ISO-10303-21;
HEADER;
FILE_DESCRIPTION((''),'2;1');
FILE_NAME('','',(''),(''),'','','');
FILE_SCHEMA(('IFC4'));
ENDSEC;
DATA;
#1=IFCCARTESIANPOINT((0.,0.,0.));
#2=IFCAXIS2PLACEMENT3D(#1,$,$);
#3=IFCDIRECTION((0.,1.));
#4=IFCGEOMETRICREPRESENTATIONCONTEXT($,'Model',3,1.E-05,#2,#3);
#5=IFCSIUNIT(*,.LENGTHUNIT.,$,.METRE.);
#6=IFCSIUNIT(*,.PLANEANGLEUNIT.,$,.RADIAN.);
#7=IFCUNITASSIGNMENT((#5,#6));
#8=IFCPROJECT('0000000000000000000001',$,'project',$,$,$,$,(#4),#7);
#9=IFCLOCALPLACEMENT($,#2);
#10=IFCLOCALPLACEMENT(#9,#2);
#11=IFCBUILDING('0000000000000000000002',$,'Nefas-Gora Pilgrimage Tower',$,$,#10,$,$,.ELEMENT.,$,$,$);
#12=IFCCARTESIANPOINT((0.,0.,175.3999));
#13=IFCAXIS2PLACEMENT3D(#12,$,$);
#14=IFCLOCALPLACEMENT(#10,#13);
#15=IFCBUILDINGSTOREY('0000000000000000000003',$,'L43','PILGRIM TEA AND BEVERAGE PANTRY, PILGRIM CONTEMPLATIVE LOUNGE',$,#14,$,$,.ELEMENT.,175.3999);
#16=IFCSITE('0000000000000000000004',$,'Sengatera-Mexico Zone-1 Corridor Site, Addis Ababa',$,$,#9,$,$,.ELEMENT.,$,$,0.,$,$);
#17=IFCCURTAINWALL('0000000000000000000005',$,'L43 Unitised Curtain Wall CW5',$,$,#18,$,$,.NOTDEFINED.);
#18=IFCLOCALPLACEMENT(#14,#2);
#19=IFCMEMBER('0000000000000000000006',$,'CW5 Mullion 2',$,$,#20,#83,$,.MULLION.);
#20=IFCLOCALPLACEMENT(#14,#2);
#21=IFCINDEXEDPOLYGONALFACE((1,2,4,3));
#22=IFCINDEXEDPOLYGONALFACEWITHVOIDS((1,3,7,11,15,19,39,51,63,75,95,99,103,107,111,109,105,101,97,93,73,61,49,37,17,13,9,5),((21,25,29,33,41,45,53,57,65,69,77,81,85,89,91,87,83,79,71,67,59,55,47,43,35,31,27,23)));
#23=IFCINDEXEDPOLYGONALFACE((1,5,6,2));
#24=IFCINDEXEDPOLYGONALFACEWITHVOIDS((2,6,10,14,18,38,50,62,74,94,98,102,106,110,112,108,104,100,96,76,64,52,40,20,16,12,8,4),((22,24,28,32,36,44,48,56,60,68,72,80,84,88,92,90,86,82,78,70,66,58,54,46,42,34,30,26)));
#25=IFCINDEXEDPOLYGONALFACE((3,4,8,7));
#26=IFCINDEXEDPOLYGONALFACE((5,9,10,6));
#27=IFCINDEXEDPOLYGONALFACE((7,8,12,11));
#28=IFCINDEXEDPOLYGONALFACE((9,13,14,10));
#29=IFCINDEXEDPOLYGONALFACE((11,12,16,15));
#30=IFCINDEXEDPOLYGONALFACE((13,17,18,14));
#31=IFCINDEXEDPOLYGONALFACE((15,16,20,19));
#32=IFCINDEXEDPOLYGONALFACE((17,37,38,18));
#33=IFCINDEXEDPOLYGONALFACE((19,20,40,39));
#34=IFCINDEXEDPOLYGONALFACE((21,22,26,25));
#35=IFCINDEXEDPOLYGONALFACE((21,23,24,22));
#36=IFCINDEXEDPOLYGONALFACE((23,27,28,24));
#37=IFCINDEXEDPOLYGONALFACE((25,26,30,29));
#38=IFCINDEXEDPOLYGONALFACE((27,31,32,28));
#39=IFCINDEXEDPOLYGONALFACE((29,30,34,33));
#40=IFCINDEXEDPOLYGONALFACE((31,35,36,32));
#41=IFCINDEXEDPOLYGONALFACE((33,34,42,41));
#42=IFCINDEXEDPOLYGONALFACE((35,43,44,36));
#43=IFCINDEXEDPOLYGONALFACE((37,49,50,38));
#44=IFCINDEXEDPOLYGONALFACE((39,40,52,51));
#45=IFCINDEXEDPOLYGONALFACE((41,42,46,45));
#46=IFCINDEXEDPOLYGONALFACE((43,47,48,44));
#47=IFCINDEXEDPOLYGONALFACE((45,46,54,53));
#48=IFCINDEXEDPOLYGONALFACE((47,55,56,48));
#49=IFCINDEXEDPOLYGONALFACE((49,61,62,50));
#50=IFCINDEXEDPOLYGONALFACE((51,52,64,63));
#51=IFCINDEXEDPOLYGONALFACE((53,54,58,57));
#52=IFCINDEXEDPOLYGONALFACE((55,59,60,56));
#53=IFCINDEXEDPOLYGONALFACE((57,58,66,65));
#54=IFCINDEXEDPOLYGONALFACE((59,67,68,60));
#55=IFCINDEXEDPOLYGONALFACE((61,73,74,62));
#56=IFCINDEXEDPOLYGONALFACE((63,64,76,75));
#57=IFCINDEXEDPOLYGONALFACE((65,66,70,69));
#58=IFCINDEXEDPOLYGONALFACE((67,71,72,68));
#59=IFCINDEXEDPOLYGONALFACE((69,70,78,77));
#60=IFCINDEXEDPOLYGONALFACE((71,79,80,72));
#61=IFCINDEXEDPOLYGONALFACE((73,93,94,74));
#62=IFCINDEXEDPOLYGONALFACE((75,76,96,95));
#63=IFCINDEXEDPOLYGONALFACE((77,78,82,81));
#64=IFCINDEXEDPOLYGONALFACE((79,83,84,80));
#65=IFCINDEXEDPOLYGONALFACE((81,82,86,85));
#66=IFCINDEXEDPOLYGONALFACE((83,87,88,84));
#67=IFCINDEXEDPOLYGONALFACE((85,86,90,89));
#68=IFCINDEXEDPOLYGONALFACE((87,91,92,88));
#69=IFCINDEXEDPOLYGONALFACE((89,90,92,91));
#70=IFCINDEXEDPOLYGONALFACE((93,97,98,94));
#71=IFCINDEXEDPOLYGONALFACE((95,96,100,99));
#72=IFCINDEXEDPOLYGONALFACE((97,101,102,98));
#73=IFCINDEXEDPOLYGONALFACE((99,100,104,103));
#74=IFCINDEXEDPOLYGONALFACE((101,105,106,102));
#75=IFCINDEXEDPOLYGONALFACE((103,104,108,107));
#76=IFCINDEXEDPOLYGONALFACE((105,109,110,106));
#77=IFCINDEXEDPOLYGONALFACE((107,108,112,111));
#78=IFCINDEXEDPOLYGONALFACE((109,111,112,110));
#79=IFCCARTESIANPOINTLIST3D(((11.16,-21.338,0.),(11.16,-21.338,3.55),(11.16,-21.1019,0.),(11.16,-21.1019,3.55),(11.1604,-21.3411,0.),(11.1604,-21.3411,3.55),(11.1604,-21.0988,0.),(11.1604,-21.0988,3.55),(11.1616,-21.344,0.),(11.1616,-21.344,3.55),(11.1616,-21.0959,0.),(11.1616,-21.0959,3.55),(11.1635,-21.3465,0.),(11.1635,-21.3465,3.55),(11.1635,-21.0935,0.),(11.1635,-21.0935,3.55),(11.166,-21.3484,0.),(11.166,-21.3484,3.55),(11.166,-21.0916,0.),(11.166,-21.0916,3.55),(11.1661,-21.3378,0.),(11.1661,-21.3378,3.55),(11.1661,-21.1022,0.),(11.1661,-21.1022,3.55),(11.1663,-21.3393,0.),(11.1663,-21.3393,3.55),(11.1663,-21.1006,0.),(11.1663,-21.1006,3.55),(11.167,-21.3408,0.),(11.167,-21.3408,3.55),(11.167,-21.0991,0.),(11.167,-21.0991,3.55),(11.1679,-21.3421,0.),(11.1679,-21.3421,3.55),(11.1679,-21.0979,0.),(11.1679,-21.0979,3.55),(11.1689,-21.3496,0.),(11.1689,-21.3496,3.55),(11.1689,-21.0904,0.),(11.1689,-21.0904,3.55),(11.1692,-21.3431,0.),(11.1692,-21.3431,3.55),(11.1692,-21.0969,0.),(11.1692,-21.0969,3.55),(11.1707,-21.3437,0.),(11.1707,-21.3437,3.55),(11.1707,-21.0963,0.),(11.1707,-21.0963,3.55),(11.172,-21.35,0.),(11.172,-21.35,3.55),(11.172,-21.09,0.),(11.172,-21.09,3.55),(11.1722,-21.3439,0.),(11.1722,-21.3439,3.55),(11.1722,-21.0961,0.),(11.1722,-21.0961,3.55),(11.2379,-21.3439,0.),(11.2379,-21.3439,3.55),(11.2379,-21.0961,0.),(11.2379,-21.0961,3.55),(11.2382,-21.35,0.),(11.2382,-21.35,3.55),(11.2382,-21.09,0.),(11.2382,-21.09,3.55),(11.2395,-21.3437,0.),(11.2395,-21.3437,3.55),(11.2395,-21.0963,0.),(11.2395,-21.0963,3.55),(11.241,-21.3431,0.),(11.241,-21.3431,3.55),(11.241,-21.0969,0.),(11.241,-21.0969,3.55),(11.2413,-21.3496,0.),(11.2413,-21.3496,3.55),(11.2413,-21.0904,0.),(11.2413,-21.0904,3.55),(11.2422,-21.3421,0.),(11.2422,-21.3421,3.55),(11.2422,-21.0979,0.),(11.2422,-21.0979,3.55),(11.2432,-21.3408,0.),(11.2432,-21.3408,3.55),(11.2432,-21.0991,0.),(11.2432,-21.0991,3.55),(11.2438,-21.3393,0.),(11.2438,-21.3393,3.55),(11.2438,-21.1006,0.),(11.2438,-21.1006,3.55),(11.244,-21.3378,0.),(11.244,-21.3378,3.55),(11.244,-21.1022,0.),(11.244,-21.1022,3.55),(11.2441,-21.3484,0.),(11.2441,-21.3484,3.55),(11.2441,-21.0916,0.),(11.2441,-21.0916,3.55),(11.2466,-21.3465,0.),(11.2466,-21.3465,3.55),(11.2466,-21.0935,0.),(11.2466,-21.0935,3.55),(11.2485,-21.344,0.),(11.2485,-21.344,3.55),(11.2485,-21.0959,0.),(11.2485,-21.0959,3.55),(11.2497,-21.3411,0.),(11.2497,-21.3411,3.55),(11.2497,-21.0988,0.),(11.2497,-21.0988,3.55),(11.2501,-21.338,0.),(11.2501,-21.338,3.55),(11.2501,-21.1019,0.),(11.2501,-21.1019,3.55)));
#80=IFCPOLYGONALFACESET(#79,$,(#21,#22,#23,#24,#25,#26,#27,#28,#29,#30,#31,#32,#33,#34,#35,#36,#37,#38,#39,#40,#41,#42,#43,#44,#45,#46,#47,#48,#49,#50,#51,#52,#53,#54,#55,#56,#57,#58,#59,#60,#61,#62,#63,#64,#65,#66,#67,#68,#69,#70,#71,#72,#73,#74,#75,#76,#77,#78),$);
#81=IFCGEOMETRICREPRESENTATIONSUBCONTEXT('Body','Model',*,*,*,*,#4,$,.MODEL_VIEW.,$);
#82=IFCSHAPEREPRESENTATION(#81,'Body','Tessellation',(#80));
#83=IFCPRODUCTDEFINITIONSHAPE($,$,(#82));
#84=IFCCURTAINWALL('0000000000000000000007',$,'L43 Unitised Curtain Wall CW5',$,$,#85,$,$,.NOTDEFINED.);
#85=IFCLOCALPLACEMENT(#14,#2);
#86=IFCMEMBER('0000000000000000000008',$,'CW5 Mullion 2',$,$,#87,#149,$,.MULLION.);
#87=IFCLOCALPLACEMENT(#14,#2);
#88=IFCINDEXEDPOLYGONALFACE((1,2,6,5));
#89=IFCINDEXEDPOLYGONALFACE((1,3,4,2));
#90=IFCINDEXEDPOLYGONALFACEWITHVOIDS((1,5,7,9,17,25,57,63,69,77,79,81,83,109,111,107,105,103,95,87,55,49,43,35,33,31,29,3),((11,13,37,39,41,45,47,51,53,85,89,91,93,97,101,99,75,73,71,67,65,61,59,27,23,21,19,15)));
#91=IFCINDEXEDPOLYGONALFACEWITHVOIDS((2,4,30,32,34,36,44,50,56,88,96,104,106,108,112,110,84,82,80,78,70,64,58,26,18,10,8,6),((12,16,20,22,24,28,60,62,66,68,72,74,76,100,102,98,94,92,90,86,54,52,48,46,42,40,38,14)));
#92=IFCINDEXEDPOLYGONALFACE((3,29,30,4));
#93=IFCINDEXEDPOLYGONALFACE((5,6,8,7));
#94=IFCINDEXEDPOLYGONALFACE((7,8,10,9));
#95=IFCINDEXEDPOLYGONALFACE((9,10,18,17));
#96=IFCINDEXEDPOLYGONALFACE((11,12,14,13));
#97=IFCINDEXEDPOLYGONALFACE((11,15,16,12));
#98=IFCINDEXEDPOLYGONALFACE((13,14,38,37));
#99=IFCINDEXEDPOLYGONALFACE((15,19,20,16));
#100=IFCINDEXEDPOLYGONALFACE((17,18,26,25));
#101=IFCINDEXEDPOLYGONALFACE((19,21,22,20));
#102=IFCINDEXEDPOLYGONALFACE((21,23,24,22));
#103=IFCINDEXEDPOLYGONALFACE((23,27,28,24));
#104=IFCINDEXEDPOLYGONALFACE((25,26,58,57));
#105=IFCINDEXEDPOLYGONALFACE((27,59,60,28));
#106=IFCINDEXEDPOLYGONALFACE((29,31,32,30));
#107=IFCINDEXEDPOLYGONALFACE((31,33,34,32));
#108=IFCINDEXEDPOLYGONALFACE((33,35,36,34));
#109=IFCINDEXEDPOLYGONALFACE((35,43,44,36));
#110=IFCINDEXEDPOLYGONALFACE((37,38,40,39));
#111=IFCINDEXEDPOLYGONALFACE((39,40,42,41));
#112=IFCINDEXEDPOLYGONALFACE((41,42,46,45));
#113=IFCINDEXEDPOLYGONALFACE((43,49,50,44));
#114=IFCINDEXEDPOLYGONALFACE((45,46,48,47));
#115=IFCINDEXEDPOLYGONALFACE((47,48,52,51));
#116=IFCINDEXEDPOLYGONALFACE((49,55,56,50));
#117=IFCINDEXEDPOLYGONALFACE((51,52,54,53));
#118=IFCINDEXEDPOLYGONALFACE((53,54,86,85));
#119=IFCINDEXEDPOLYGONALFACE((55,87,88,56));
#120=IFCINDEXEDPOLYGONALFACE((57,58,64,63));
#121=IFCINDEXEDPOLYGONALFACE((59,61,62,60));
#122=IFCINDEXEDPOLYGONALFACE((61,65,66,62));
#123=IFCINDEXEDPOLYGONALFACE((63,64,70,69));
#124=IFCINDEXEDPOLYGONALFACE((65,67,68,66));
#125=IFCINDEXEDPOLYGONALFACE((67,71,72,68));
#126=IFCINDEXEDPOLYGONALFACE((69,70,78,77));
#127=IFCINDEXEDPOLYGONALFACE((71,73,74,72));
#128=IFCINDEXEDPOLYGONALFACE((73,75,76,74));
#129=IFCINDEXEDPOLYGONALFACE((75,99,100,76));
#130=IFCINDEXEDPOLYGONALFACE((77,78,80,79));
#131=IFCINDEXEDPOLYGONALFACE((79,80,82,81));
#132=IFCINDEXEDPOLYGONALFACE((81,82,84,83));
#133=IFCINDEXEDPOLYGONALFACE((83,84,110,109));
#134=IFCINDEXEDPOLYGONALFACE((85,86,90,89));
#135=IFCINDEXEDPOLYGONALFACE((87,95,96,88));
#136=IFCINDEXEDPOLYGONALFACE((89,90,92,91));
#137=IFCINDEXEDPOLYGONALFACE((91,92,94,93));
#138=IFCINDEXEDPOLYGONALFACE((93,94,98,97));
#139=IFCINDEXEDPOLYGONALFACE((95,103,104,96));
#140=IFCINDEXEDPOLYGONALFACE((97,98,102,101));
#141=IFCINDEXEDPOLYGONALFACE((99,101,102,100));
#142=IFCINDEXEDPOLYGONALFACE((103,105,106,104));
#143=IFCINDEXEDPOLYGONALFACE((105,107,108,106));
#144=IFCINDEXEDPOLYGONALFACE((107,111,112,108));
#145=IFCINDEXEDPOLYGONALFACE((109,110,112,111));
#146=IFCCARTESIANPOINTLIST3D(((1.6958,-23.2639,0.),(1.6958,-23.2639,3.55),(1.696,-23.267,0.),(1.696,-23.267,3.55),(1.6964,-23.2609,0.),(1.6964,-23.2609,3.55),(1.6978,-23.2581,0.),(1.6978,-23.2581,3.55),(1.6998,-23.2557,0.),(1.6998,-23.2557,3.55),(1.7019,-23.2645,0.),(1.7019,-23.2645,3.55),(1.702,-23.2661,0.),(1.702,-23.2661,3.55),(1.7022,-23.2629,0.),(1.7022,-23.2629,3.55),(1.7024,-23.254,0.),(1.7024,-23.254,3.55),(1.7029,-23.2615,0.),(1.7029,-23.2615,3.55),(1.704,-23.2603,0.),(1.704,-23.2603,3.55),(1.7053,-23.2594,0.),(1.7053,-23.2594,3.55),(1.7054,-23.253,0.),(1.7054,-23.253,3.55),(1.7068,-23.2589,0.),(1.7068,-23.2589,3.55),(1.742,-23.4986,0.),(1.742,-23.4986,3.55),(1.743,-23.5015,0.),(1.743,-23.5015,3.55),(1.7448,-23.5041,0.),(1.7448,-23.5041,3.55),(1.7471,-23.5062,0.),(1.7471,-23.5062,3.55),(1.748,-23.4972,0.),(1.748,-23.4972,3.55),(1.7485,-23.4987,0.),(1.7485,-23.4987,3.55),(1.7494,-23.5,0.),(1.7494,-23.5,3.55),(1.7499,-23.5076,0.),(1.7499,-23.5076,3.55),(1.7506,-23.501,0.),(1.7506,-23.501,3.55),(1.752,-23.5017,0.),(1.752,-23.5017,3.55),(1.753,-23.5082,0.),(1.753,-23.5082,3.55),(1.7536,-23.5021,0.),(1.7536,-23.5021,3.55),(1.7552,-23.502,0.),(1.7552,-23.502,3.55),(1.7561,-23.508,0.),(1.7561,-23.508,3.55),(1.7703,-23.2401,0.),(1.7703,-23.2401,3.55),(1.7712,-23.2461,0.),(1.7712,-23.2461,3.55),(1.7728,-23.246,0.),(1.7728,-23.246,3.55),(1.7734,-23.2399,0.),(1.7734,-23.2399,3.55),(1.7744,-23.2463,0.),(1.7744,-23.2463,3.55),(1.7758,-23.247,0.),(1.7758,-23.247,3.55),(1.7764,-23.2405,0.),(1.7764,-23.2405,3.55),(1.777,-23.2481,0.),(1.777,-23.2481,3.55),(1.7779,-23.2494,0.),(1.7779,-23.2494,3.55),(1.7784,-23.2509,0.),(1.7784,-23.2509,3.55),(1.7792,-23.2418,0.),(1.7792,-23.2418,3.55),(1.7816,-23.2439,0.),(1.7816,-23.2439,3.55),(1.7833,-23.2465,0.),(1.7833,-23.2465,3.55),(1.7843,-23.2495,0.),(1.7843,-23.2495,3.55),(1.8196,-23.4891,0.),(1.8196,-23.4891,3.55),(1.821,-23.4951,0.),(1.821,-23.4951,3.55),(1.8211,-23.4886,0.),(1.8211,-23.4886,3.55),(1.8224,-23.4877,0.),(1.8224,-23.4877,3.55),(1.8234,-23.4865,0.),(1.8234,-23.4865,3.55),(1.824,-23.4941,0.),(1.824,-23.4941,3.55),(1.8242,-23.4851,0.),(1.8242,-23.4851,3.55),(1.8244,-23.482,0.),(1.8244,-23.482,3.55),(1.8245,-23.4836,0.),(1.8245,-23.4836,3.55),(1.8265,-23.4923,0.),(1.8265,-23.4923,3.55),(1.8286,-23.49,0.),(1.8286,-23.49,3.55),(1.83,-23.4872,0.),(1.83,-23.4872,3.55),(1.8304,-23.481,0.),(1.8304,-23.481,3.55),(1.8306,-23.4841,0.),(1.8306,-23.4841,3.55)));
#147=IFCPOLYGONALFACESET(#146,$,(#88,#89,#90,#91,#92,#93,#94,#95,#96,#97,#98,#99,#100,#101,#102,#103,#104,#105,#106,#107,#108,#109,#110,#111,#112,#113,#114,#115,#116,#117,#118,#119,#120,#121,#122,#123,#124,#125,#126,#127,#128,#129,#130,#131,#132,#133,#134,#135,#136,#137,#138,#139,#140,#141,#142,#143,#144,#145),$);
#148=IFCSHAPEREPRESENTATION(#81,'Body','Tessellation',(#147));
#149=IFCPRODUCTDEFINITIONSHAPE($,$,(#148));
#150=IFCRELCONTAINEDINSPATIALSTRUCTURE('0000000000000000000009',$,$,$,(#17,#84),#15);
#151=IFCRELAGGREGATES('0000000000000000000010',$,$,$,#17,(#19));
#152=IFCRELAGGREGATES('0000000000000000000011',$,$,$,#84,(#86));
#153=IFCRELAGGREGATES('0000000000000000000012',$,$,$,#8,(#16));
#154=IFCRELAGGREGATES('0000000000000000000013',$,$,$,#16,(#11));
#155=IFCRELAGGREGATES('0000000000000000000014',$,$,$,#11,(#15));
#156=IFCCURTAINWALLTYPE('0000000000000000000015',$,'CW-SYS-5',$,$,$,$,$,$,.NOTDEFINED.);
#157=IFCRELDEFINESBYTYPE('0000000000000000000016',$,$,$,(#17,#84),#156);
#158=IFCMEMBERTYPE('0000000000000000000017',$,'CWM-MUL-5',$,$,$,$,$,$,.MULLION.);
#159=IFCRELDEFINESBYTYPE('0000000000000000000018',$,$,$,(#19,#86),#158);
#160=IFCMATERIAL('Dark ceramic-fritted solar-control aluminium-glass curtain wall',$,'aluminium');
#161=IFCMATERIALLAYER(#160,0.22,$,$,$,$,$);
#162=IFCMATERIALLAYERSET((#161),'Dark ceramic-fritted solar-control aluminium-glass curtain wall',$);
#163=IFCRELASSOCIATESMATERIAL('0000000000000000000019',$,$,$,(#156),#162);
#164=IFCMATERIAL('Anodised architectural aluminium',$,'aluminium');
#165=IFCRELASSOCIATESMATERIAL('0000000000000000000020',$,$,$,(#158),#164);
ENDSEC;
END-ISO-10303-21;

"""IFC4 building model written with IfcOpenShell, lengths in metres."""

from ifc_helpers import new_model, si_unit, direction, frame, origin, origin_2d, place, context, subcontext, project, spatial, hollow_rectangle, extrude, source, transform, mapped, material, layer, layer_set, material_profile, profile_set, type_object, element, aggregate, save


model = new_model("IFC4")

# Units and contexts
model_context = context("Model", 3, precision=1e-05, world=origin(), true_north=direction((0.0, 1.0)))
body_context = subcontext(model_context, "Body", "Model", "MODEL_VIEW")
ifc_project = project(units=[si_unit("LENGTHUNIT", "METRE"), si_unit("PLANEANGLEUNIT", "RADIAN")], contexts=[model_context])

# Site, building, storey
site_placement = place(None, origin())
site = spatial("IfcSite", under=ifc_project, at=site_placement, Name="Sengatera-Mexico Zone-1 Corridor Site, Addis Ababa", CompositionType="ELEMENT", RefElevation=0.0)
building_placement = place(site_placement, origin())
building = spatial("IfcBuilding", under=site, at=building_placement, Name="Nefas-Gora Pilgrimage Tower", CompositionType="ELEMENT")
storey_placement = place(building_placement, frame((0.0, 0.0, 175.3999)))
storey = spatial("IfcBuildingStorey", under=building, at=storey_placement, Name="L43", Description="PILGRIM TEA AND BEVERAGE PANTRY, PILGRIM CONTEMPLATIVE LOUNGE", CompositionType="ELEMENT", Elevation=175.3999)

# Curtain wall, member
ifc_material_1 = material(Name="Dark ceramic-fritted solar-control aluminium-glass curtain wall", Category="aluminium")
ifc_layer_1 = layer(ifc_material_1, 0.22)
ifc_layer_set_1 = layer_set([ifc_layer_1], Name="Dark ceramic-fritted solar-control aluminium-glass curtain wall")
curtain_wall_type = type_object("IfcCurtainWallType", Name="CW-SYS-5", PredefinedType="NOTDEFINED", material=ifc_layer_set_1)
curtain_wall_1_placement = place(storey_placement, origin())
curtain_wall_1 = element("IfcCurtainWall", 1, at=curtain_wall_1_placement, inside=storey, type_object=curtain_wall_type, Name="L43 Unitised Curtain Wall CW5", PredefinedType="NOTDEFINED")
ifc_material_2 = material(Name="Anodised architectural aluminium", Category="aluminium")
ifc_material_profile_1 = material_profile(ifc_material_2, hollow_rectangle(XDim=0.0901, YDim=0.26, WallThickness=0.0061, InnerFilletRadius=0.0061, OuterFilletRadius=0.012, at=origin_2d()), Name="ALU MULLION 90x260")
ifc_profile_set_1 = profile_set([ifc_material_profile_1], Name="Anodised architectural aluminium")
member_type_1 = type_object("IfcMemberType", Name="CWM-MUL-5", PredefinedType="MULLION", material=ifc_profile_set_1)
shared_shape_1 = source(origin(), body_context, "Body", "SweptSolid", [
    extrude(hollow_rectangle(XDim=0.0901, YDim=0.26, WallThickness=0.0061, InnerFilletRadius=0.0061, OuterFilletRadius=0.012, at=origin_2d()), origin(), (0.0, 0.0, 1.0), 3.55),
])
member_1_placement = place(storey_placement, frame((11.2051, -21.22, 0.0), z_axis=(0.0, 0.0, 1.0), x_axis=(1.0, 0.0, 0.0)))
member_1 = element("IfcMember", 2, at=member_1_placement, type_object=member_type_1, Name="CW5 Mullion 2", PredefinedType="MULLION", context=body_context, shape_type="MappedRepresentation", body=[
    mapped(shared_shape_1, transform((0.0, 0.0, 0.0), x_axis=(1.0, 0.0, 0.0), y_axis=(0.0, 1.0, 0.0), z_axis=(0.0, 0.0, 1.0), scale=1.0)),
])

# Curtain wall, member
curtain_wall_2_placement = place(storey_placement, origin())
curtain_wall_2 = element("IfcCurtainWall", 3, at=curtain_wall_2_placement, inside=storey, type_object=curtain_wall_type, Name="L43 Unitised Curtain Wall CW5", PredefinedType="NOTDEFINED")
member_2_placement = place(storey_placement, frame((1.7632, -23.374, 0.0), z_axis=(0.0, 0.0, 1.0), x_axis=(0.980783, 0.195102, 0.0)))
member_2 = element("IfcMember", 4, at=member_2_placement, type_object=member_type_1, Name="CW5 Mullion 2", PredefinedType="MULLION", context=body_context, shape_type="MappedRepresentation", body=[
    mapped(shared_shape_1, transform((0.0, 0.0, 0.0), x_axis=(1.0, 0.0, 0.0), y_axis=(0.0, 1.0, 0.0), z_axis=(0.0, 0.0, 1.0), scale=1.0)),
])

aggregate(curtain_wall_1, [member_1])
aggregate(curtain_wall_2, [member_2])

save(model, "model.ifc")
